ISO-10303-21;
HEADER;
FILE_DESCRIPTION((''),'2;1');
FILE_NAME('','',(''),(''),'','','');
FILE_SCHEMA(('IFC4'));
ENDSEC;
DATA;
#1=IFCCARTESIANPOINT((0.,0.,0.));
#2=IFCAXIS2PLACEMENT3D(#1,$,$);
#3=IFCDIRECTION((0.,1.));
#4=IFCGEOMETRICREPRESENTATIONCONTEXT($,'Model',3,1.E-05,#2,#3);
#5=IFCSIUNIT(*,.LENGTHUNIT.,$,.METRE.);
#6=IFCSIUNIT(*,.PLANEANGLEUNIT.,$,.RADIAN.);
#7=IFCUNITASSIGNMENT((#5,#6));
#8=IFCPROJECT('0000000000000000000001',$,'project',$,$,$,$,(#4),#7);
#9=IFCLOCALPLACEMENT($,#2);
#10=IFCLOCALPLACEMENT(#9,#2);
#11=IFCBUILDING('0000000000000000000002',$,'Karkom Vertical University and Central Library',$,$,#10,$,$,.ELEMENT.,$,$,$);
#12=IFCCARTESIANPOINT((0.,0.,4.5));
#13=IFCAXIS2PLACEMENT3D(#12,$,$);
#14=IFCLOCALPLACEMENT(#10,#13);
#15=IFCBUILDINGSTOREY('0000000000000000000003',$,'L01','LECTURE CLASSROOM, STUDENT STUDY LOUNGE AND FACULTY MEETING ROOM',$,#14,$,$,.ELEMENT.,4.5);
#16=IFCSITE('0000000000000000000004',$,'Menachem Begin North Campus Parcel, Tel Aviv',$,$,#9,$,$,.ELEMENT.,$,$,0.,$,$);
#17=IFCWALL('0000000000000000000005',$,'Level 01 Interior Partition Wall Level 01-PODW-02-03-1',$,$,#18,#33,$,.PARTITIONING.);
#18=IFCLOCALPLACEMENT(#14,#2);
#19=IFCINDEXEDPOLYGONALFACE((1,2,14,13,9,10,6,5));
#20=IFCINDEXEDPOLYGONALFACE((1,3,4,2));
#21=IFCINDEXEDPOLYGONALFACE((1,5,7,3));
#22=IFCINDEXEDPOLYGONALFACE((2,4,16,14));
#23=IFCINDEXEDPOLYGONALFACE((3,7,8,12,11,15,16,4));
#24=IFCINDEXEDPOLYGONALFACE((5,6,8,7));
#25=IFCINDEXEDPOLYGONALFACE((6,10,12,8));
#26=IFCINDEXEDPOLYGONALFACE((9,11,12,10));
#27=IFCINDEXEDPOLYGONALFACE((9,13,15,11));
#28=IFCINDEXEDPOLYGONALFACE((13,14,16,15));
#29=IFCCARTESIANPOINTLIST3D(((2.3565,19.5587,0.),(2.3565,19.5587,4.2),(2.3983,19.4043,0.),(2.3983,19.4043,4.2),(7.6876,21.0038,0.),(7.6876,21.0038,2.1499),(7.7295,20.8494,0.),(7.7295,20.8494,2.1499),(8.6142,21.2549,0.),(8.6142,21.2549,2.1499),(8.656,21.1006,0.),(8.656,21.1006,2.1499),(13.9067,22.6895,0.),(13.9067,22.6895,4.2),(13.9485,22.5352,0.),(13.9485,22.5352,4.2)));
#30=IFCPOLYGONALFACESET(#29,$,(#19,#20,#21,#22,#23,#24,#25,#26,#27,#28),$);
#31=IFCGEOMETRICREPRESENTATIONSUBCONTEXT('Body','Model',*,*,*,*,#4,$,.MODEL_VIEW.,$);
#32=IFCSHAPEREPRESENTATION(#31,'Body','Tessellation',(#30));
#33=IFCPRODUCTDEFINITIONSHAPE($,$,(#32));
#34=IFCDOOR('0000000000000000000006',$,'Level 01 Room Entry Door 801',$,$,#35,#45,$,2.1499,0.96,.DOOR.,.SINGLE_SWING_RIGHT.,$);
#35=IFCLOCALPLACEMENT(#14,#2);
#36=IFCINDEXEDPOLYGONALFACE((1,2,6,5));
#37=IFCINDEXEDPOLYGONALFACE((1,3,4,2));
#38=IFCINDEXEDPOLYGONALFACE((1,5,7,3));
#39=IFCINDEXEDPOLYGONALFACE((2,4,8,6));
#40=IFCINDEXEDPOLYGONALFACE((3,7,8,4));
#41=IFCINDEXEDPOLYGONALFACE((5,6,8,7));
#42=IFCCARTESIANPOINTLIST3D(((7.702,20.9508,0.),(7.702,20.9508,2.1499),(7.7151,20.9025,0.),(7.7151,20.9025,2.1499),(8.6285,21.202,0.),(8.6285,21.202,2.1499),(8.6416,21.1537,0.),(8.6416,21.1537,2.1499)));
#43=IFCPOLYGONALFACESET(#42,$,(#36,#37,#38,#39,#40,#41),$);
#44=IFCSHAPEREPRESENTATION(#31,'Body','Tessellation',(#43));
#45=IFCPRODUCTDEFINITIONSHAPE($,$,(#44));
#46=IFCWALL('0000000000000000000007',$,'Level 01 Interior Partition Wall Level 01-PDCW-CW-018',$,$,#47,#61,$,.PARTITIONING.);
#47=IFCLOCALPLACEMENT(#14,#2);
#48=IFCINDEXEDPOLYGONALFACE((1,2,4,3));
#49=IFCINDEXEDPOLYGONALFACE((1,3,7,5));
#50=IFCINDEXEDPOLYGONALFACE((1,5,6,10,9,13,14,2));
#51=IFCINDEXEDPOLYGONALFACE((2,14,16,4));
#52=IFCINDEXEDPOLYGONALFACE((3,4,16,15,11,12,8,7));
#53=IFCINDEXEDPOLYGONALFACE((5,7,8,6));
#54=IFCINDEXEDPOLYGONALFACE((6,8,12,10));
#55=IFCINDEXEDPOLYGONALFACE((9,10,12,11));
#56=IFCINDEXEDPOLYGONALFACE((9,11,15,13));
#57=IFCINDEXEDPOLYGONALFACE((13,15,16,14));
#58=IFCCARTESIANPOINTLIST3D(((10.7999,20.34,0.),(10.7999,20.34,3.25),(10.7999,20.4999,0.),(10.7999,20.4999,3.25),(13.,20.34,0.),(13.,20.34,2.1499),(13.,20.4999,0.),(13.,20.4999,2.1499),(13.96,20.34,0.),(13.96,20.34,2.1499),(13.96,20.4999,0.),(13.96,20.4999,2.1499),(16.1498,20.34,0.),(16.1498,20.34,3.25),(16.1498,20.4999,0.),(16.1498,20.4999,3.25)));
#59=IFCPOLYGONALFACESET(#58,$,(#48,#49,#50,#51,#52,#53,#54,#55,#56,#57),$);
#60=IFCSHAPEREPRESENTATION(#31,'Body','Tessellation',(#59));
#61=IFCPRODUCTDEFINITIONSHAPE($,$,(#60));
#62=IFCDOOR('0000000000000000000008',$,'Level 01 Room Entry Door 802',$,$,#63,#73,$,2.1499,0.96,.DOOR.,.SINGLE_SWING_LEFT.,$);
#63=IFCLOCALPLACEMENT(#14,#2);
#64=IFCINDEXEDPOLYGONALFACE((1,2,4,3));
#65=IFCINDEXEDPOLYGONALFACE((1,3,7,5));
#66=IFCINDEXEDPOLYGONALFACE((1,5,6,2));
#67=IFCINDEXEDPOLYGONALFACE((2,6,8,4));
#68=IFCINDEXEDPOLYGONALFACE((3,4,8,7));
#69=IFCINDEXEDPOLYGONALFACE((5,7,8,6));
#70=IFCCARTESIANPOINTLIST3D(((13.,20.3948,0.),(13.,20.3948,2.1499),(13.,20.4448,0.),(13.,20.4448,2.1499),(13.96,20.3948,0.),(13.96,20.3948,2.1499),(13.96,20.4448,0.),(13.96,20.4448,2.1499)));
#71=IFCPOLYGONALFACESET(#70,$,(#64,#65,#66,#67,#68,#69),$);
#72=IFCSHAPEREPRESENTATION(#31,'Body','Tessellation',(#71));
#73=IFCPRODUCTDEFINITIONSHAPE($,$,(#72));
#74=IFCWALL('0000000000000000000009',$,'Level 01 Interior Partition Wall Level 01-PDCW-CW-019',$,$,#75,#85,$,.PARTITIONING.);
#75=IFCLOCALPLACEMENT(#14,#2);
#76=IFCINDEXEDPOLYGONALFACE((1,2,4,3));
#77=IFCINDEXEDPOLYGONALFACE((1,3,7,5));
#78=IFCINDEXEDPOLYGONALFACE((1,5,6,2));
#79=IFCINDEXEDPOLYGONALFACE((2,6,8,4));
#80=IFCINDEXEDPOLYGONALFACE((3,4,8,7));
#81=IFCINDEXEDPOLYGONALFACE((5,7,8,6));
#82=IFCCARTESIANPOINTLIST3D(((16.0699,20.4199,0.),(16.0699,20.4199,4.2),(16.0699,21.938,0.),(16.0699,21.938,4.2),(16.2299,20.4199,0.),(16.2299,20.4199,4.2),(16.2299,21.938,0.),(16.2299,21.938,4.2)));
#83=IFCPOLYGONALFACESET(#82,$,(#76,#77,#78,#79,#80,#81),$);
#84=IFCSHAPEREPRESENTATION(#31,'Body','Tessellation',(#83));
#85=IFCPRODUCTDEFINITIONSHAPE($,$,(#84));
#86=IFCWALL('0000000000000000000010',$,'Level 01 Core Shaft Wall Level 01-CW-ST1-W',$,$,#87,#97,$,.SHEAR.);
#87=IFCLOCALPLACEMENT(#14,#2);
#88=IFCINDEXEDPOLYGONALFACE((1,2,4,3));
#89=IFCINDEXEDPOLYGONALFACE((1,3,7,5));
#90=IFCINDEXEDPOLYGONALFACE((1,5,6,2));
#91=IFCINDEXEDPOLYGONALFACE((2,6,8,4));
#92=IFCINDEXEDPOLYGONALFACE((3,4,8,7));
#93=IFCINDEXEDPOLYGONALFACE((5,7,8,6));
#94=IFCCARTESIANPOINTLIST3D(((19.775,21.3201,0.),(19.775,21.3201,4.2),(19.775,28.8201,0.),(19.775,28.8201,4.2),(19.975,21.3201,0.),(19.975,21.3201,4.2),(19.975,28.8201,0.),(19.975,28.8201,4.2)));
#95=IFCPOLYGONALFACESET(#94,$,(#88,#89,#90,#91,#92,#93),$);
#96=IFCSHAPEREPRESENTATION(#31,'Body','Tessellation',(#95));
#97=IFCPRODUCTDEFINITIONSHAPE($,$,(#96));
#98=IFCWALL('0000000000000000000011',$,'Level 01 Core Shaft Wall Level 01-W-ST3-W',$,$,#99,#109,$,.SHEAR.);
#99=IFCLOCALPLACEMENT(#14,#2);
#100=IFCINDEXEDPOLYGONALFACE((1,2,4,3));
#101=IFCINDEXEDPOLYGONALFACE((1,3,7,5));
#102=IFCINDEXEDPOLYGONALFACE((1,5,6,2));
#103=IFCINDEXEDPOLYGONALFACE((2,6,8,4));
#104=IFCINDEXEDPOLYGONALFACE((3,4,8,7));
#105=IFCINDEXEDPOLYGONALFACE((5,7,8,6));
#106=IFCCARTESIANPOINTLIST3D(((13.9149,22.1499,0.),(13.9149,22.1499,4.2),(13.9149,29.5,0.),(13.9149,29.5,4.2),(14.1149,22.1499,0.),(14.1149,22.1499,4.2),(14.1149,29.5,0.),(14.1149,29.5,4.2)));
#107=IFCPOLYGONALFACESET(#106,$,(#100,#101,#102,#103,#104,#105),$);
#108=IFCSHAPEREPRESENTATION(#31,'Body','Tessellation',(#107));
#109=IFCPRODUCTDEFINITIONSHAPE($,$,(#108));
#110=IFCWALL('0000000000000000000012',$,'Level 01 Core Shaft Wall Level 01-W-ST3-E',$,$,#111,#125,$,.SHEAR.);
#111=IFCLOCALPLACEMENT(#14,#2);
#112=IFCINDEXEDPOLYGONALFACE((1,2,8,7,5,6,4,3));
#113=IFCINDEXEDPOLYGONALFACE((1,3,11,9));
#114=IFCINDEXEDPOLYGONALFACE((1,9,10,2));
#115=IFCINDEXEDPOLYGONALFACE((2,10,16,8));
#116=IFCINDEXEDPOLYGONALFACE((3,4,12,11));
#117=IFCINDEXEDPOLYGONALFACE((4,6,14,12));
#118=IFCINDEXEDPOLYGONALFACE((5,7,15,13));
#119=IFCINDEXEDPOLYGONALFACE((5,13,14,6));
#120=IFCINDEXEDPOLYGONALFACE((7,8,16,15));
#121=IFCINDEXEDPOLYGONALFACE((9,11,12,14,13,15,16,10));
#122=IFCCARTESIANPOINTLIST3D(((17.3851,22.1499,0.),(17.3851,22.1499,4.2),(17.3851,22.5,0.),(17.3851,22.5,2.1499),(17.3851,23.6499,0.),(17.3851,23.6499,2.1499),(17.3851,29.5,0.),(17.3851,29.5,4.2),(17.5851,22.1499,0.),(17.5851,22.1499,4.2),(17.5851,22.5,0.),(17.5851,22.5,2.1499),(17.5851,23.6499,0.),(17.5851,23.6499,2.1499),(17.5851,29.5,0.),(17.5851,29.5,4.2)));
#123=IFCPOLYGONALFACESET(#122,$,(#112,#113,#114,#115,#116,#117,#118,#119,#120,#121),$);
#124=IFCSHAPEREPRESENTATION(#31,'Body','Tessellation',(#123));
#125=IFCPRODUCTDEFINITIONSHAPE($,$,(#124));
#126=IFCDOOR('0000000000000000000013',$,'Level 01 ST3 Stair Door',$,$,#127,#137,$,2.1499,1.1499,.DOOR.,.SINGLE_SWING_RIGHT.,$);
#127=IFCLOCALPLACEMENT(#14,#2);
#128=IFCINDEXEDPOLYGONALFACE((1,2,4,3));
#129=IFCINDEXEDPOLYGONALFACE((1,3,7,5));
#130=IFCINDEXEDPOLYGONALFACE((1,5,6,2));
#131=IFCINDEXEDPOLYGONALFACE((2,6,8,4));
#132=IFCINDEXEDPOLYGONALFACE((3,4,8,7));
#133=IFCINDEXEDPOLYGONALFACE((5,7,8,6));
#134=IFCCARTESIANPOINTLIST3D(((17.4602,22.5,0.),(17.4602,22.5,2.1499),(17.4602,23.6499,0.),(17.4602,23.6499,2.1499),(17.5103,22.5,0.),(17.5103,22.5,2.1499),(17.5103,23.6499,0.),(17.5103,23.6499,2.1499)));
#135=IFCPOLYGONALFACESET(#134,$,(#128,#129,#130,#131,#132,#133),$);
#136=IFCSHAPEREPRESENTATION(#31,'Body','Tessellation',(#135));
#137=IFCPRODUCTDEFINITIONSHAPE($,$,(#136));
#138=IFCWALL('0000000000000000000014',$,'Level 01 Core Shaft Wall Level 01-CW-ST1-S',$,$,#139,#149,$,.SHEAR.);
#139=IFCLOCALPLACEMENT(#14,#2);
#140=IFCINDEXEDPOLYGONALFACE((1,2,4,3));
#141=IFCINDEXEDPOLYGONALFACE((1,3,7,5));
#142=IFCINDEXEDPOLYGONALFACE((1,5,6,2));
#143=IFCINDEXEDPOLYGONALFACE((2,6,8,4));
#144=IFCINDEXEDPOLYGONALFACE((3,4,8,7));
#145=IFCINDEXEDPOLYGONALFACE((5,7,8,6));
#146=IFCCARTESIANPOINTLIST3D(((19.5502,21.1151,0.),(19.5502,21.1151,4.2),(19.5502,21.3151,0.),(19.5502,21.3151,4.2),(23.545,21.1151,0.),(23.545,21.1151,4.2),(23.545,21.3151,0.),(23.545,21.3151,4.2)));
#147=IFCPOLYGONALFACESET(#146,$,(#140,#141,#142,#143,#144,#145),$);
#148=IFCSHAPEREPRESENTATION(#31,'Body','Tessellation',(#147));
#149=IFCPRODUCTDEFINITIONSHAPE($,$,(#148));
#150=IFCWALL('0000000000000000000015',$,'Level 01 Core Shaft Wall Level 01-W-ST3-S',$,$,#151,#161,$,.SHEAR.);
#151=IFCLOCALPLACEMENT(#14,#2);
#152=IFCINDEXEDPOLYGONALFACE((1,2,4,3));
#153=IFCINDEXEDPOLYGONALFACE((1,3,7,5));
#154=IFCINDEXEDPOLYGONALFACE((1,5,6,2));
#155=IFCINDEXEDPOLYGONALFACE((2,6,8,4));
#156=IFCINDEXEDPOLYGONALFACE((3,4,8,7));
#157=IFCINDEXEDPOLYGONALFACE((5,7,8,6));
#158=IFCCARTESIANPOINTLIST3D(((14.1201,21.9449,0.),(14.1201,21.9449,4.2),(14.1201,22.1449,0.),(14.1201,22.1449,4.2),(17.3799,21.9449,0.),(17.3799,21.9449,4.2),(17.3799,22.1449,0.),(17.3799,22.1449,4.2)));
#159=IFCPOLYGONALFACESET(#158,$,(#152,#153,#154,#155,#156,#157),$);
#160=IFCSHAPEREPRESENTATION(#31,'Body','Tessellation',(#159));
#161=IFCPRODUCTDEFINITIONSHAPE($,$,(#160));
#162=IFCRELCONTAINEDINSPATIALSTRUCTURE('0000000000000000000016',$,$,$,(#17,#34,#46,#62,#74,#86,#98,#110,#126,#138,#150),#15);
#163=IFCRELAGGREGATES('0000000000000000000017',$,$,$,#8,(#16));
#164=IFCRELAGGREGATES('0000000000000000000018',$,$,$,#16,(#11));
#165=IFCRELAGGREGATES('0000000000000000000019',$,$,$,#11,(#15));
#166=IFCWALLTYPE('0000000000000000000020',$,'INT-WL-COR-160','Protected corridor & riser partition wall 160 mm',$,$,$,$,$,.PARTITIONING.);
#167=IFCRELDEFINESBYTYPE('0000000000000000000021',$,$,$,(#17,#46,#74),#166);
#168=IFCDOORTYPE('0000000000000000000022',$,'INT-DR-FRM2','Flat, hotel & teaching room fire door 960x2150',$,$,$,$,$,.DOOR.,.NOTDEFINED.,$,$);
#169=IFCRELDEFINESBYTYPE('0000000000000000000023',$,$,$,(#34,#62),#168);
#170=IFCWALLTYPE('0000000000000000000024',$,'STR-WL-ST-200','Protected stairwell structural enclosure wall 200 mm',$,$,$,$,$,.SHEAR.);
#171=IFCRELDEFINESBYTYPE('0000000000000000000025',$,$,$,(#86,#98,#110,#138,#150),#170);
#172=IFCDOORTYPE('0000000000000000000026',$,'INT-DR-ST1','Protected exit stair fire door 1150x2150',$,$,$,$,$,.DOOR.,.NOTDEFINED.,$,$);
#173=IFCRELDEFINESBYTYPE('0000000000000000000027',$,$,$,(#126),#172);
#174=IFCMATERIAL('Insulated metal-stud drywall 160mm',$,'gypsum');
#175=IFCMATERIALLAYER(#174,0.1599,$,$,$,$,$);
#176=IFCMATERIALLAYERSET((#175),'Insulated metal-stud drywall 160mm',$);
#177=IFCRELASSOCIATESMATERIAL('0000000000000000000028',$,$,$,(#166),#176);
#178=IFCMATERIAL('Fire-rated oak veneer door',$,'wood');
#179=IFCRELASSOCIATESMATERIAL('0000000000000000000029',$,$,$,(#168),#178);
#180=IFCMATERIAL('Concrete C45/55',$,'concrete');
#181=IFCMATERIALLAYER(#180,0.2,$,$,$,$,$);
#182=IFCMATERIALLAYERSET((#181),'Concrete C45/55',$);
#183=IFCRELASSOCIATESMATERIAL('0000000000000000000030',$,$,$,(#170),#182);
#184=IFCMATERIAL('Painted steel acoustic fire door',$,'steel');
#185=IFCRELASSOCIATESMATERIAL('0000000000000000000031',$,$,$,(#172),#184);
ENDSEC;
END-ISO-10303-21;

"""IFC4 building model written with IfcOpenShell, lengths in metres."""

from ifc_helpers import new_model, si_unit, direction, frame, frame_2d, origin, origin_with_axes, place, context, subcontext, project, spatial, rectangle, extrude, source, transform, mapped, material, layer, layer_set, type_object, element, fill, save


model = new_model("IFC4")

# Units and contexts
model_context = context("Model", 3, precision=1e-05, world=origin(), true_north=direction((0.0, 1.0)))
body_context = subcontext(model_context, "Body", "Model", "MODEL_VIEW")
ifc_project = project(units=[si_unit("LENGTHUNIT", "METRE"), si_unit("PLANEANGLEUNIT", "RADIAN")], contexts=[model_context])

# Site, building, storey
site_placement = place(None, origin())
site = spatial("IfcSite", under=ifc_project, at=site_placement, Name="Menachem Begin North Campus Parcel, Tel Aviv", CompositionType="ELEMENT", RefElevation=0.0)
building_placement = place(site_placement, origin())
building = spatial("IfcBuilding", under=site, at=building_placement, Name="Karkom Vertical University and Central Library", CompositionType="ELEMENT")
storey_placement = place(building_placement, frame((0.0, 0.0, 4.5)))
storey = spatial("IfcBuildingStorey", under=building, at=storey_placement, Name="L01", Description="LECTURE CLASSROOM, STUDENT STUDY LOUNGE AND FACULTY MEETING ROOM", CompositionType="ELEMENT", Elevation=4.5)

# Walls, openings, doors
ifc_material_1 = material(Name="Insulated metal-stud drywall 160mm", Category="gypsum")
ifc_layer_1 = layer(ifc_material_1, 0.1599)
ifc_layer_set_1 = layer_set([ifc_layer_1], Name="Insulated metal-stud drywall 160mm")
wall_type_1 = type_object("IfcWallType", Name="INT-WL-COR-160", Description="Protected corridor & riser partition wall 160 mm", PredefinedType="PARTITIONING", material=ifc_layer_set_1)
wall_1_placement = place(storey_placement, frame((13.9275, 22.6123, 0.0), z_axis=(0.0, 0.0, 1.0), x_axis=(-0.96517, -0.261622, 0.0)))
wall_1 = element("IfcWall", 1, at=wall_1_placement, inside=storey, type_object=wall_type_1, Name="Level 01 Interior Partition Wall Level 01-PODW-02-03-1", PredefinedType="PARTITIONING", context=body_context, shape_type="SweptSolid", body=[
    extrude(rectangle(XDim=11.967, YDim=0.1599, at=frame_2d((5.9834, 0.0))), origin(), (0.0, 0.0, 1.0), 4.2),
])
opening_1_placement = place(wall_1_placement, frame((5.4834, 0.0, 0.0)))
opening_1 = element("IfcOpeningElement", 2, at=opening_1_placement, cuts=wall_1, PredefinedType="OPENING", context=body_context, shape_type="SweptSolid", body=[
    extrude(rectangle(XDim=0.96, YDim=2.1499, at=frame_2d((0.48, 1.075))), frame((0.0, 0.0898, 0.0), z_axis=(0.0, -1.0, 0.0), x_axis=(1.0, 0.0, 0.0)), (0.0, 0.0, 1.0), 0.1799),
])
ifc_material_2 = material(Name="Fire-rated oak veneer door", Category="wood")
door_type_1 = type_object("IfcDoorType", Name="INT-DR-FRM2", Description="Flat, hotel & teaching room fire door 960x2150", OperationType="NOTDEFINED", PredefinedType="DOOR", material=ifc_material_2)
shared_shape_1 = source(origin_with_axes(), body_context, "Body", "SweptSolid", [
    extrude(rectangle(XDim=0.96, YDim=2.1499, at=frame_2d((0.48, 1.075))), frame((0.0, 0.0249, 0.0), z_axis=(0.0, -1.0, 0.0), x_axis=(1.0, 0.0, 0.0)), (0.0, 0.0, 1.0), 0.05),
])
door_1_placement = place(opening_1_placement, origin())
door_1 = element("IfcDoor", 3, at=door_1_placement, inside=storey, type_object=door_type_1, Name="Level 01 Room Entry Door 801", OperationType="SINGLE_SWING_RIGHT", OverallHeight=2.1499, OverallWidth=0.96, PredefinedType="DOOR", context=body_context, shape_type="MappedRepresentation", body=[
    mapped(shared_shape_1, transform((0.0, 0.0, 0.0), scale=1.0)),
])
fill(opening_1, door_1)
wall_2_placement = place(storey_placement, frame((10.8, 20.4199, 0.0), z_axis=(0.0, 0.0, 1.0), x_axis=(1.0, 0.0, 0.0)))
wall_2 = element("IfcWall", 4, at=wall_2_placement, inside=storey, type_object=wall_type_1, Name="Level 01 Interior Partition Wall Level 01-PDCW-CW-018", PredefinedType="PARTITIONING", context=body_context, shape_type="SweptSolid", body=[
    extrude(rectangle(XDim=5.3499, YDim=0.1599, at=frame_2d((2.6748, 0.0))), origin(), (0.0, 0.0, 1.0), 3.25),
])
opening_2_placement = place(wall_2_placement, frame((2.2, 0.0, 0.0)))
opening_2 = element("IfcOpeningElement", 5, at=opening_2_placement, cuts=wall_2, PredefinedType="OPENING", context=body_context, shape_type="SweptSolid", body=[
    extrude(rectangle(XDim=0.96, YDim=2.1499, at=frame_2d((0.48, 1.075))), frame((0.0, 0.0898, 0.0), z_axis=(0.0, -1.0, 0.0), x_axis=(1.0, 0.0, 0.0)), (0.0, 0.0, 1.0), 0.1799),
])
door_2_placement = place(opening_2_placement, origin())
door_2 = element("IfcDoor", 6, at=door_2_placement, inside=storey, type_object=door_type_1, Name="Level 01 Room Entry Door 802", OperationType="SINGLE_SWING_LEFT", OverallHeight=2.1499, OverallWidth=0.96, PredefinedType="DOOR", context=body_context, shape_type="MappedRepresentation", body=[
    mapped(shared_shape_1, transform((0.0, 0.0, 0.0), scale=1.0)),
])
fill(opening_2, door_2)

# Wall
wall_3_placement = place(storey_placement, frame((16.1499, 20.4199, 0.0), z_axis=(0.0, 0.0, 1.0), x_axis=(0.0, 1.0, 0.0)))
element("IfcWall", 7, at=wall_3_placement, inside=storey, type_object=wall_type_1, Name="Level 01 Interior Partition Wall Level 01-PDCW-CW-019", PredefinedType="PARTITIONING", context=body_context, shape_type="SweptSolid", body=[
    extrude(rectangle(XDim=1.5181, YDim=0.1599, at=frame_2d((0.759, 0.0))), origin(), (0.0, 0.0, 1.0), 4.2),
])

# Shared definitions
ifc_material_3 = material(Name="Concrete C45/55", Category="concrete")
ifc_layer_2 = layer(ifc_material_3, 0.2)
ifc_layer_set_2 = layer_set([ifc_layer_2], Name="Concrete C45/55")
wall_type_2 = type_object("IfcWallType", Name="STR-WL-ST-200", Description="Protected stairwell structural enclosure wall 200 mm", PredefinedType="SHEAR", material=ifc_layer_set_2)

# Walls
wall_4_placement = place(storey_placement, frame((19.875, 21.3201, 0.0), z_axis=(0.0, 0.0, 1.0), x_axis=(0.0, 1.0, 0.0)))
element("IfcWall", 8, at=wall_4_placement, inside=storey, type_object=wall_type_2, Name="Level 01 Core Shaft Wall Level 01-CW-ST1-W", PredefinedType="SHEAR", context=body_context, shape_type="SweptSolid", body=[
    extrude(rectangle(XDim=7.5, YDim=0.2, at=frame_2d((3.75, 0.0))), origin(), (0.0, 0.0, 1.0), 4.2),
])
wall_5_placement = place(storey_placement, frame((14.0149, 22.1499, 0.0), z_axis=(0.0, 0.0, 1.0), x_axis=(0.0, 1.0, 0.0)))
element("IfcWall", 9, at=wall_5_placement, inside=storey, type_object=wall_type_2, Name="Level 01 Core Shaft Wall Level 01-W-ST3-W", PredefinedType="SHEAR", context=body_context, shape_type="SweptSolid", body=[
    extrude(rectangle(XDim=7.3501, YDim=0.2, at=frame_2d((3.675, 0.0))), origin(), (0.0, 0.0, 1.0), 4.2),
])

# Wall, opening, door
wall_6_placement = place(storey_placement, frame((17.4851, 22.1499, 0.0), z_axis=(0.0, 0.0, 1.0), x_axis=(0.0, 1.0, 0.0)))
wall_6 = element("IfcWall", 10, at=wall_6_placement, inside=storey, type_object=wall_type_2, Name="Level 01 Core Shaft Wall Level 01-W-ST3-E", PredefinedType="SHEAR", context=body_context, shape_type="SweptSolid", body=[
    extrude(rectangle(XDim=7.3501, YDim=0.2, at=frame_2d((3.675, 0.0))), origin(), (0.0, 0.0, 1.0), 4.2),
])
opening_3_placement = place(wall_6_placement, frame((0.3501, 0.0, 0.0)))
opening_3 = element("IfcOpeningElement", 11, at=opening_3_placement, cuts=wall_6, PredefinedType="OPENING", context=body_context, shape_type="SweptSolid", body=[
    extrude(rectangle(XDim=1.1499, YDim=2.1499, at=frame_2d((0.575, 1.075))), frame((0.0, 0.1099, 0.0), z_axis=(0.0, -1.0, 0.0), x_axis=(1.0, 0.0, 0.0)), (0.0, 0.0, 1.0), 0.22),
])
ifc_material_4 = material(Name="Painted steel acoustic fire door", Category="steel")
door_type_2 = type_object("IfcDoorType", Name="INT-DR-ST1", Description="Protected exit stair fire door 1150x2150", OperationType="NOTDEFINED", PredefinedType="DOOR", material=ifc_material_4)
shared_shape_2 = source(origin_with_axes(), body_context, "Body", "SweptSolid", [
    extrude(rectangle(XDim=1.1499, YDim=2.1499, at=frame_2d((0.575, 1.075))), frame((0.0, 0.0249, 0.0), z_axis=(0.0, -1.0, 0.0), x_axis=(1.0, 0.0, 0.0)), (0.0, 0.0, 1.0), 0.05),
])
door_3_placement = place(opening_3_placement, origin())
door_3 = element("IfcDoor", 12, at=door_3_placement, inside=storey, type_object=door_type_2, Name="Level 01 ST3 Stair Door", OperationType="SINGLE_SWING_RIGHT", OverallHeight=2.1499, OverallWidth=1.1499, PredefinedType="DOOR", context=body_context, shape_type="MappedRepresentation", body=[
    mapped(shared_shape_2, transform((0.0, 0.0, 0.0), scale=1.0)),
])
fill(opening_3, door_3)

# Walls
wall_7_placement = place(storey_placement, frame((19.55, 21.2151, 0.0), z_axis=(0.0, 0.0, 1.0), x_axis=(1.0, 0.0, 0.0)))
element("IfcWall", 13, at=wall_7_placement, inside=storey, type_object=wall_type_2, Name="Level 01 Core Shaft Wall Level 01-CW-ST1-S", PredefinedType="SHEAR", context=body_context, shape_type="SweptSolid", body=[
    extrude(rectangle(XDim=3.9949, YDim=0.2, at=frame_2d((1.9976, 0.0))), origin(), (0.0, 0.0, 1.0), 4.2),
])
wall_8_placement = place(storey_placement, frame((14.1201, 22.0449, 0.0), z_axis=(0.0, 0.0, 1.0), x_axis=(1.0, 0.0, 0.0)))
element("IfcWall", 14, at=wall_8_placement, inside=storey, type_object=wall_type_2, Name="Level 01 Core Shaft Wall Level 01-W-ST3-S", PredefinedType="SHEAR", context=body_context, shape_type="SweptSolid", body=[
    extrude(rectangle(XDim=3.2598, YDim=0.2, at=frame_2d((1.6299, 0.0))), origin(), (0.0, 0.0, 1.0), 4.2),
])

save(model, "model.ifc")
